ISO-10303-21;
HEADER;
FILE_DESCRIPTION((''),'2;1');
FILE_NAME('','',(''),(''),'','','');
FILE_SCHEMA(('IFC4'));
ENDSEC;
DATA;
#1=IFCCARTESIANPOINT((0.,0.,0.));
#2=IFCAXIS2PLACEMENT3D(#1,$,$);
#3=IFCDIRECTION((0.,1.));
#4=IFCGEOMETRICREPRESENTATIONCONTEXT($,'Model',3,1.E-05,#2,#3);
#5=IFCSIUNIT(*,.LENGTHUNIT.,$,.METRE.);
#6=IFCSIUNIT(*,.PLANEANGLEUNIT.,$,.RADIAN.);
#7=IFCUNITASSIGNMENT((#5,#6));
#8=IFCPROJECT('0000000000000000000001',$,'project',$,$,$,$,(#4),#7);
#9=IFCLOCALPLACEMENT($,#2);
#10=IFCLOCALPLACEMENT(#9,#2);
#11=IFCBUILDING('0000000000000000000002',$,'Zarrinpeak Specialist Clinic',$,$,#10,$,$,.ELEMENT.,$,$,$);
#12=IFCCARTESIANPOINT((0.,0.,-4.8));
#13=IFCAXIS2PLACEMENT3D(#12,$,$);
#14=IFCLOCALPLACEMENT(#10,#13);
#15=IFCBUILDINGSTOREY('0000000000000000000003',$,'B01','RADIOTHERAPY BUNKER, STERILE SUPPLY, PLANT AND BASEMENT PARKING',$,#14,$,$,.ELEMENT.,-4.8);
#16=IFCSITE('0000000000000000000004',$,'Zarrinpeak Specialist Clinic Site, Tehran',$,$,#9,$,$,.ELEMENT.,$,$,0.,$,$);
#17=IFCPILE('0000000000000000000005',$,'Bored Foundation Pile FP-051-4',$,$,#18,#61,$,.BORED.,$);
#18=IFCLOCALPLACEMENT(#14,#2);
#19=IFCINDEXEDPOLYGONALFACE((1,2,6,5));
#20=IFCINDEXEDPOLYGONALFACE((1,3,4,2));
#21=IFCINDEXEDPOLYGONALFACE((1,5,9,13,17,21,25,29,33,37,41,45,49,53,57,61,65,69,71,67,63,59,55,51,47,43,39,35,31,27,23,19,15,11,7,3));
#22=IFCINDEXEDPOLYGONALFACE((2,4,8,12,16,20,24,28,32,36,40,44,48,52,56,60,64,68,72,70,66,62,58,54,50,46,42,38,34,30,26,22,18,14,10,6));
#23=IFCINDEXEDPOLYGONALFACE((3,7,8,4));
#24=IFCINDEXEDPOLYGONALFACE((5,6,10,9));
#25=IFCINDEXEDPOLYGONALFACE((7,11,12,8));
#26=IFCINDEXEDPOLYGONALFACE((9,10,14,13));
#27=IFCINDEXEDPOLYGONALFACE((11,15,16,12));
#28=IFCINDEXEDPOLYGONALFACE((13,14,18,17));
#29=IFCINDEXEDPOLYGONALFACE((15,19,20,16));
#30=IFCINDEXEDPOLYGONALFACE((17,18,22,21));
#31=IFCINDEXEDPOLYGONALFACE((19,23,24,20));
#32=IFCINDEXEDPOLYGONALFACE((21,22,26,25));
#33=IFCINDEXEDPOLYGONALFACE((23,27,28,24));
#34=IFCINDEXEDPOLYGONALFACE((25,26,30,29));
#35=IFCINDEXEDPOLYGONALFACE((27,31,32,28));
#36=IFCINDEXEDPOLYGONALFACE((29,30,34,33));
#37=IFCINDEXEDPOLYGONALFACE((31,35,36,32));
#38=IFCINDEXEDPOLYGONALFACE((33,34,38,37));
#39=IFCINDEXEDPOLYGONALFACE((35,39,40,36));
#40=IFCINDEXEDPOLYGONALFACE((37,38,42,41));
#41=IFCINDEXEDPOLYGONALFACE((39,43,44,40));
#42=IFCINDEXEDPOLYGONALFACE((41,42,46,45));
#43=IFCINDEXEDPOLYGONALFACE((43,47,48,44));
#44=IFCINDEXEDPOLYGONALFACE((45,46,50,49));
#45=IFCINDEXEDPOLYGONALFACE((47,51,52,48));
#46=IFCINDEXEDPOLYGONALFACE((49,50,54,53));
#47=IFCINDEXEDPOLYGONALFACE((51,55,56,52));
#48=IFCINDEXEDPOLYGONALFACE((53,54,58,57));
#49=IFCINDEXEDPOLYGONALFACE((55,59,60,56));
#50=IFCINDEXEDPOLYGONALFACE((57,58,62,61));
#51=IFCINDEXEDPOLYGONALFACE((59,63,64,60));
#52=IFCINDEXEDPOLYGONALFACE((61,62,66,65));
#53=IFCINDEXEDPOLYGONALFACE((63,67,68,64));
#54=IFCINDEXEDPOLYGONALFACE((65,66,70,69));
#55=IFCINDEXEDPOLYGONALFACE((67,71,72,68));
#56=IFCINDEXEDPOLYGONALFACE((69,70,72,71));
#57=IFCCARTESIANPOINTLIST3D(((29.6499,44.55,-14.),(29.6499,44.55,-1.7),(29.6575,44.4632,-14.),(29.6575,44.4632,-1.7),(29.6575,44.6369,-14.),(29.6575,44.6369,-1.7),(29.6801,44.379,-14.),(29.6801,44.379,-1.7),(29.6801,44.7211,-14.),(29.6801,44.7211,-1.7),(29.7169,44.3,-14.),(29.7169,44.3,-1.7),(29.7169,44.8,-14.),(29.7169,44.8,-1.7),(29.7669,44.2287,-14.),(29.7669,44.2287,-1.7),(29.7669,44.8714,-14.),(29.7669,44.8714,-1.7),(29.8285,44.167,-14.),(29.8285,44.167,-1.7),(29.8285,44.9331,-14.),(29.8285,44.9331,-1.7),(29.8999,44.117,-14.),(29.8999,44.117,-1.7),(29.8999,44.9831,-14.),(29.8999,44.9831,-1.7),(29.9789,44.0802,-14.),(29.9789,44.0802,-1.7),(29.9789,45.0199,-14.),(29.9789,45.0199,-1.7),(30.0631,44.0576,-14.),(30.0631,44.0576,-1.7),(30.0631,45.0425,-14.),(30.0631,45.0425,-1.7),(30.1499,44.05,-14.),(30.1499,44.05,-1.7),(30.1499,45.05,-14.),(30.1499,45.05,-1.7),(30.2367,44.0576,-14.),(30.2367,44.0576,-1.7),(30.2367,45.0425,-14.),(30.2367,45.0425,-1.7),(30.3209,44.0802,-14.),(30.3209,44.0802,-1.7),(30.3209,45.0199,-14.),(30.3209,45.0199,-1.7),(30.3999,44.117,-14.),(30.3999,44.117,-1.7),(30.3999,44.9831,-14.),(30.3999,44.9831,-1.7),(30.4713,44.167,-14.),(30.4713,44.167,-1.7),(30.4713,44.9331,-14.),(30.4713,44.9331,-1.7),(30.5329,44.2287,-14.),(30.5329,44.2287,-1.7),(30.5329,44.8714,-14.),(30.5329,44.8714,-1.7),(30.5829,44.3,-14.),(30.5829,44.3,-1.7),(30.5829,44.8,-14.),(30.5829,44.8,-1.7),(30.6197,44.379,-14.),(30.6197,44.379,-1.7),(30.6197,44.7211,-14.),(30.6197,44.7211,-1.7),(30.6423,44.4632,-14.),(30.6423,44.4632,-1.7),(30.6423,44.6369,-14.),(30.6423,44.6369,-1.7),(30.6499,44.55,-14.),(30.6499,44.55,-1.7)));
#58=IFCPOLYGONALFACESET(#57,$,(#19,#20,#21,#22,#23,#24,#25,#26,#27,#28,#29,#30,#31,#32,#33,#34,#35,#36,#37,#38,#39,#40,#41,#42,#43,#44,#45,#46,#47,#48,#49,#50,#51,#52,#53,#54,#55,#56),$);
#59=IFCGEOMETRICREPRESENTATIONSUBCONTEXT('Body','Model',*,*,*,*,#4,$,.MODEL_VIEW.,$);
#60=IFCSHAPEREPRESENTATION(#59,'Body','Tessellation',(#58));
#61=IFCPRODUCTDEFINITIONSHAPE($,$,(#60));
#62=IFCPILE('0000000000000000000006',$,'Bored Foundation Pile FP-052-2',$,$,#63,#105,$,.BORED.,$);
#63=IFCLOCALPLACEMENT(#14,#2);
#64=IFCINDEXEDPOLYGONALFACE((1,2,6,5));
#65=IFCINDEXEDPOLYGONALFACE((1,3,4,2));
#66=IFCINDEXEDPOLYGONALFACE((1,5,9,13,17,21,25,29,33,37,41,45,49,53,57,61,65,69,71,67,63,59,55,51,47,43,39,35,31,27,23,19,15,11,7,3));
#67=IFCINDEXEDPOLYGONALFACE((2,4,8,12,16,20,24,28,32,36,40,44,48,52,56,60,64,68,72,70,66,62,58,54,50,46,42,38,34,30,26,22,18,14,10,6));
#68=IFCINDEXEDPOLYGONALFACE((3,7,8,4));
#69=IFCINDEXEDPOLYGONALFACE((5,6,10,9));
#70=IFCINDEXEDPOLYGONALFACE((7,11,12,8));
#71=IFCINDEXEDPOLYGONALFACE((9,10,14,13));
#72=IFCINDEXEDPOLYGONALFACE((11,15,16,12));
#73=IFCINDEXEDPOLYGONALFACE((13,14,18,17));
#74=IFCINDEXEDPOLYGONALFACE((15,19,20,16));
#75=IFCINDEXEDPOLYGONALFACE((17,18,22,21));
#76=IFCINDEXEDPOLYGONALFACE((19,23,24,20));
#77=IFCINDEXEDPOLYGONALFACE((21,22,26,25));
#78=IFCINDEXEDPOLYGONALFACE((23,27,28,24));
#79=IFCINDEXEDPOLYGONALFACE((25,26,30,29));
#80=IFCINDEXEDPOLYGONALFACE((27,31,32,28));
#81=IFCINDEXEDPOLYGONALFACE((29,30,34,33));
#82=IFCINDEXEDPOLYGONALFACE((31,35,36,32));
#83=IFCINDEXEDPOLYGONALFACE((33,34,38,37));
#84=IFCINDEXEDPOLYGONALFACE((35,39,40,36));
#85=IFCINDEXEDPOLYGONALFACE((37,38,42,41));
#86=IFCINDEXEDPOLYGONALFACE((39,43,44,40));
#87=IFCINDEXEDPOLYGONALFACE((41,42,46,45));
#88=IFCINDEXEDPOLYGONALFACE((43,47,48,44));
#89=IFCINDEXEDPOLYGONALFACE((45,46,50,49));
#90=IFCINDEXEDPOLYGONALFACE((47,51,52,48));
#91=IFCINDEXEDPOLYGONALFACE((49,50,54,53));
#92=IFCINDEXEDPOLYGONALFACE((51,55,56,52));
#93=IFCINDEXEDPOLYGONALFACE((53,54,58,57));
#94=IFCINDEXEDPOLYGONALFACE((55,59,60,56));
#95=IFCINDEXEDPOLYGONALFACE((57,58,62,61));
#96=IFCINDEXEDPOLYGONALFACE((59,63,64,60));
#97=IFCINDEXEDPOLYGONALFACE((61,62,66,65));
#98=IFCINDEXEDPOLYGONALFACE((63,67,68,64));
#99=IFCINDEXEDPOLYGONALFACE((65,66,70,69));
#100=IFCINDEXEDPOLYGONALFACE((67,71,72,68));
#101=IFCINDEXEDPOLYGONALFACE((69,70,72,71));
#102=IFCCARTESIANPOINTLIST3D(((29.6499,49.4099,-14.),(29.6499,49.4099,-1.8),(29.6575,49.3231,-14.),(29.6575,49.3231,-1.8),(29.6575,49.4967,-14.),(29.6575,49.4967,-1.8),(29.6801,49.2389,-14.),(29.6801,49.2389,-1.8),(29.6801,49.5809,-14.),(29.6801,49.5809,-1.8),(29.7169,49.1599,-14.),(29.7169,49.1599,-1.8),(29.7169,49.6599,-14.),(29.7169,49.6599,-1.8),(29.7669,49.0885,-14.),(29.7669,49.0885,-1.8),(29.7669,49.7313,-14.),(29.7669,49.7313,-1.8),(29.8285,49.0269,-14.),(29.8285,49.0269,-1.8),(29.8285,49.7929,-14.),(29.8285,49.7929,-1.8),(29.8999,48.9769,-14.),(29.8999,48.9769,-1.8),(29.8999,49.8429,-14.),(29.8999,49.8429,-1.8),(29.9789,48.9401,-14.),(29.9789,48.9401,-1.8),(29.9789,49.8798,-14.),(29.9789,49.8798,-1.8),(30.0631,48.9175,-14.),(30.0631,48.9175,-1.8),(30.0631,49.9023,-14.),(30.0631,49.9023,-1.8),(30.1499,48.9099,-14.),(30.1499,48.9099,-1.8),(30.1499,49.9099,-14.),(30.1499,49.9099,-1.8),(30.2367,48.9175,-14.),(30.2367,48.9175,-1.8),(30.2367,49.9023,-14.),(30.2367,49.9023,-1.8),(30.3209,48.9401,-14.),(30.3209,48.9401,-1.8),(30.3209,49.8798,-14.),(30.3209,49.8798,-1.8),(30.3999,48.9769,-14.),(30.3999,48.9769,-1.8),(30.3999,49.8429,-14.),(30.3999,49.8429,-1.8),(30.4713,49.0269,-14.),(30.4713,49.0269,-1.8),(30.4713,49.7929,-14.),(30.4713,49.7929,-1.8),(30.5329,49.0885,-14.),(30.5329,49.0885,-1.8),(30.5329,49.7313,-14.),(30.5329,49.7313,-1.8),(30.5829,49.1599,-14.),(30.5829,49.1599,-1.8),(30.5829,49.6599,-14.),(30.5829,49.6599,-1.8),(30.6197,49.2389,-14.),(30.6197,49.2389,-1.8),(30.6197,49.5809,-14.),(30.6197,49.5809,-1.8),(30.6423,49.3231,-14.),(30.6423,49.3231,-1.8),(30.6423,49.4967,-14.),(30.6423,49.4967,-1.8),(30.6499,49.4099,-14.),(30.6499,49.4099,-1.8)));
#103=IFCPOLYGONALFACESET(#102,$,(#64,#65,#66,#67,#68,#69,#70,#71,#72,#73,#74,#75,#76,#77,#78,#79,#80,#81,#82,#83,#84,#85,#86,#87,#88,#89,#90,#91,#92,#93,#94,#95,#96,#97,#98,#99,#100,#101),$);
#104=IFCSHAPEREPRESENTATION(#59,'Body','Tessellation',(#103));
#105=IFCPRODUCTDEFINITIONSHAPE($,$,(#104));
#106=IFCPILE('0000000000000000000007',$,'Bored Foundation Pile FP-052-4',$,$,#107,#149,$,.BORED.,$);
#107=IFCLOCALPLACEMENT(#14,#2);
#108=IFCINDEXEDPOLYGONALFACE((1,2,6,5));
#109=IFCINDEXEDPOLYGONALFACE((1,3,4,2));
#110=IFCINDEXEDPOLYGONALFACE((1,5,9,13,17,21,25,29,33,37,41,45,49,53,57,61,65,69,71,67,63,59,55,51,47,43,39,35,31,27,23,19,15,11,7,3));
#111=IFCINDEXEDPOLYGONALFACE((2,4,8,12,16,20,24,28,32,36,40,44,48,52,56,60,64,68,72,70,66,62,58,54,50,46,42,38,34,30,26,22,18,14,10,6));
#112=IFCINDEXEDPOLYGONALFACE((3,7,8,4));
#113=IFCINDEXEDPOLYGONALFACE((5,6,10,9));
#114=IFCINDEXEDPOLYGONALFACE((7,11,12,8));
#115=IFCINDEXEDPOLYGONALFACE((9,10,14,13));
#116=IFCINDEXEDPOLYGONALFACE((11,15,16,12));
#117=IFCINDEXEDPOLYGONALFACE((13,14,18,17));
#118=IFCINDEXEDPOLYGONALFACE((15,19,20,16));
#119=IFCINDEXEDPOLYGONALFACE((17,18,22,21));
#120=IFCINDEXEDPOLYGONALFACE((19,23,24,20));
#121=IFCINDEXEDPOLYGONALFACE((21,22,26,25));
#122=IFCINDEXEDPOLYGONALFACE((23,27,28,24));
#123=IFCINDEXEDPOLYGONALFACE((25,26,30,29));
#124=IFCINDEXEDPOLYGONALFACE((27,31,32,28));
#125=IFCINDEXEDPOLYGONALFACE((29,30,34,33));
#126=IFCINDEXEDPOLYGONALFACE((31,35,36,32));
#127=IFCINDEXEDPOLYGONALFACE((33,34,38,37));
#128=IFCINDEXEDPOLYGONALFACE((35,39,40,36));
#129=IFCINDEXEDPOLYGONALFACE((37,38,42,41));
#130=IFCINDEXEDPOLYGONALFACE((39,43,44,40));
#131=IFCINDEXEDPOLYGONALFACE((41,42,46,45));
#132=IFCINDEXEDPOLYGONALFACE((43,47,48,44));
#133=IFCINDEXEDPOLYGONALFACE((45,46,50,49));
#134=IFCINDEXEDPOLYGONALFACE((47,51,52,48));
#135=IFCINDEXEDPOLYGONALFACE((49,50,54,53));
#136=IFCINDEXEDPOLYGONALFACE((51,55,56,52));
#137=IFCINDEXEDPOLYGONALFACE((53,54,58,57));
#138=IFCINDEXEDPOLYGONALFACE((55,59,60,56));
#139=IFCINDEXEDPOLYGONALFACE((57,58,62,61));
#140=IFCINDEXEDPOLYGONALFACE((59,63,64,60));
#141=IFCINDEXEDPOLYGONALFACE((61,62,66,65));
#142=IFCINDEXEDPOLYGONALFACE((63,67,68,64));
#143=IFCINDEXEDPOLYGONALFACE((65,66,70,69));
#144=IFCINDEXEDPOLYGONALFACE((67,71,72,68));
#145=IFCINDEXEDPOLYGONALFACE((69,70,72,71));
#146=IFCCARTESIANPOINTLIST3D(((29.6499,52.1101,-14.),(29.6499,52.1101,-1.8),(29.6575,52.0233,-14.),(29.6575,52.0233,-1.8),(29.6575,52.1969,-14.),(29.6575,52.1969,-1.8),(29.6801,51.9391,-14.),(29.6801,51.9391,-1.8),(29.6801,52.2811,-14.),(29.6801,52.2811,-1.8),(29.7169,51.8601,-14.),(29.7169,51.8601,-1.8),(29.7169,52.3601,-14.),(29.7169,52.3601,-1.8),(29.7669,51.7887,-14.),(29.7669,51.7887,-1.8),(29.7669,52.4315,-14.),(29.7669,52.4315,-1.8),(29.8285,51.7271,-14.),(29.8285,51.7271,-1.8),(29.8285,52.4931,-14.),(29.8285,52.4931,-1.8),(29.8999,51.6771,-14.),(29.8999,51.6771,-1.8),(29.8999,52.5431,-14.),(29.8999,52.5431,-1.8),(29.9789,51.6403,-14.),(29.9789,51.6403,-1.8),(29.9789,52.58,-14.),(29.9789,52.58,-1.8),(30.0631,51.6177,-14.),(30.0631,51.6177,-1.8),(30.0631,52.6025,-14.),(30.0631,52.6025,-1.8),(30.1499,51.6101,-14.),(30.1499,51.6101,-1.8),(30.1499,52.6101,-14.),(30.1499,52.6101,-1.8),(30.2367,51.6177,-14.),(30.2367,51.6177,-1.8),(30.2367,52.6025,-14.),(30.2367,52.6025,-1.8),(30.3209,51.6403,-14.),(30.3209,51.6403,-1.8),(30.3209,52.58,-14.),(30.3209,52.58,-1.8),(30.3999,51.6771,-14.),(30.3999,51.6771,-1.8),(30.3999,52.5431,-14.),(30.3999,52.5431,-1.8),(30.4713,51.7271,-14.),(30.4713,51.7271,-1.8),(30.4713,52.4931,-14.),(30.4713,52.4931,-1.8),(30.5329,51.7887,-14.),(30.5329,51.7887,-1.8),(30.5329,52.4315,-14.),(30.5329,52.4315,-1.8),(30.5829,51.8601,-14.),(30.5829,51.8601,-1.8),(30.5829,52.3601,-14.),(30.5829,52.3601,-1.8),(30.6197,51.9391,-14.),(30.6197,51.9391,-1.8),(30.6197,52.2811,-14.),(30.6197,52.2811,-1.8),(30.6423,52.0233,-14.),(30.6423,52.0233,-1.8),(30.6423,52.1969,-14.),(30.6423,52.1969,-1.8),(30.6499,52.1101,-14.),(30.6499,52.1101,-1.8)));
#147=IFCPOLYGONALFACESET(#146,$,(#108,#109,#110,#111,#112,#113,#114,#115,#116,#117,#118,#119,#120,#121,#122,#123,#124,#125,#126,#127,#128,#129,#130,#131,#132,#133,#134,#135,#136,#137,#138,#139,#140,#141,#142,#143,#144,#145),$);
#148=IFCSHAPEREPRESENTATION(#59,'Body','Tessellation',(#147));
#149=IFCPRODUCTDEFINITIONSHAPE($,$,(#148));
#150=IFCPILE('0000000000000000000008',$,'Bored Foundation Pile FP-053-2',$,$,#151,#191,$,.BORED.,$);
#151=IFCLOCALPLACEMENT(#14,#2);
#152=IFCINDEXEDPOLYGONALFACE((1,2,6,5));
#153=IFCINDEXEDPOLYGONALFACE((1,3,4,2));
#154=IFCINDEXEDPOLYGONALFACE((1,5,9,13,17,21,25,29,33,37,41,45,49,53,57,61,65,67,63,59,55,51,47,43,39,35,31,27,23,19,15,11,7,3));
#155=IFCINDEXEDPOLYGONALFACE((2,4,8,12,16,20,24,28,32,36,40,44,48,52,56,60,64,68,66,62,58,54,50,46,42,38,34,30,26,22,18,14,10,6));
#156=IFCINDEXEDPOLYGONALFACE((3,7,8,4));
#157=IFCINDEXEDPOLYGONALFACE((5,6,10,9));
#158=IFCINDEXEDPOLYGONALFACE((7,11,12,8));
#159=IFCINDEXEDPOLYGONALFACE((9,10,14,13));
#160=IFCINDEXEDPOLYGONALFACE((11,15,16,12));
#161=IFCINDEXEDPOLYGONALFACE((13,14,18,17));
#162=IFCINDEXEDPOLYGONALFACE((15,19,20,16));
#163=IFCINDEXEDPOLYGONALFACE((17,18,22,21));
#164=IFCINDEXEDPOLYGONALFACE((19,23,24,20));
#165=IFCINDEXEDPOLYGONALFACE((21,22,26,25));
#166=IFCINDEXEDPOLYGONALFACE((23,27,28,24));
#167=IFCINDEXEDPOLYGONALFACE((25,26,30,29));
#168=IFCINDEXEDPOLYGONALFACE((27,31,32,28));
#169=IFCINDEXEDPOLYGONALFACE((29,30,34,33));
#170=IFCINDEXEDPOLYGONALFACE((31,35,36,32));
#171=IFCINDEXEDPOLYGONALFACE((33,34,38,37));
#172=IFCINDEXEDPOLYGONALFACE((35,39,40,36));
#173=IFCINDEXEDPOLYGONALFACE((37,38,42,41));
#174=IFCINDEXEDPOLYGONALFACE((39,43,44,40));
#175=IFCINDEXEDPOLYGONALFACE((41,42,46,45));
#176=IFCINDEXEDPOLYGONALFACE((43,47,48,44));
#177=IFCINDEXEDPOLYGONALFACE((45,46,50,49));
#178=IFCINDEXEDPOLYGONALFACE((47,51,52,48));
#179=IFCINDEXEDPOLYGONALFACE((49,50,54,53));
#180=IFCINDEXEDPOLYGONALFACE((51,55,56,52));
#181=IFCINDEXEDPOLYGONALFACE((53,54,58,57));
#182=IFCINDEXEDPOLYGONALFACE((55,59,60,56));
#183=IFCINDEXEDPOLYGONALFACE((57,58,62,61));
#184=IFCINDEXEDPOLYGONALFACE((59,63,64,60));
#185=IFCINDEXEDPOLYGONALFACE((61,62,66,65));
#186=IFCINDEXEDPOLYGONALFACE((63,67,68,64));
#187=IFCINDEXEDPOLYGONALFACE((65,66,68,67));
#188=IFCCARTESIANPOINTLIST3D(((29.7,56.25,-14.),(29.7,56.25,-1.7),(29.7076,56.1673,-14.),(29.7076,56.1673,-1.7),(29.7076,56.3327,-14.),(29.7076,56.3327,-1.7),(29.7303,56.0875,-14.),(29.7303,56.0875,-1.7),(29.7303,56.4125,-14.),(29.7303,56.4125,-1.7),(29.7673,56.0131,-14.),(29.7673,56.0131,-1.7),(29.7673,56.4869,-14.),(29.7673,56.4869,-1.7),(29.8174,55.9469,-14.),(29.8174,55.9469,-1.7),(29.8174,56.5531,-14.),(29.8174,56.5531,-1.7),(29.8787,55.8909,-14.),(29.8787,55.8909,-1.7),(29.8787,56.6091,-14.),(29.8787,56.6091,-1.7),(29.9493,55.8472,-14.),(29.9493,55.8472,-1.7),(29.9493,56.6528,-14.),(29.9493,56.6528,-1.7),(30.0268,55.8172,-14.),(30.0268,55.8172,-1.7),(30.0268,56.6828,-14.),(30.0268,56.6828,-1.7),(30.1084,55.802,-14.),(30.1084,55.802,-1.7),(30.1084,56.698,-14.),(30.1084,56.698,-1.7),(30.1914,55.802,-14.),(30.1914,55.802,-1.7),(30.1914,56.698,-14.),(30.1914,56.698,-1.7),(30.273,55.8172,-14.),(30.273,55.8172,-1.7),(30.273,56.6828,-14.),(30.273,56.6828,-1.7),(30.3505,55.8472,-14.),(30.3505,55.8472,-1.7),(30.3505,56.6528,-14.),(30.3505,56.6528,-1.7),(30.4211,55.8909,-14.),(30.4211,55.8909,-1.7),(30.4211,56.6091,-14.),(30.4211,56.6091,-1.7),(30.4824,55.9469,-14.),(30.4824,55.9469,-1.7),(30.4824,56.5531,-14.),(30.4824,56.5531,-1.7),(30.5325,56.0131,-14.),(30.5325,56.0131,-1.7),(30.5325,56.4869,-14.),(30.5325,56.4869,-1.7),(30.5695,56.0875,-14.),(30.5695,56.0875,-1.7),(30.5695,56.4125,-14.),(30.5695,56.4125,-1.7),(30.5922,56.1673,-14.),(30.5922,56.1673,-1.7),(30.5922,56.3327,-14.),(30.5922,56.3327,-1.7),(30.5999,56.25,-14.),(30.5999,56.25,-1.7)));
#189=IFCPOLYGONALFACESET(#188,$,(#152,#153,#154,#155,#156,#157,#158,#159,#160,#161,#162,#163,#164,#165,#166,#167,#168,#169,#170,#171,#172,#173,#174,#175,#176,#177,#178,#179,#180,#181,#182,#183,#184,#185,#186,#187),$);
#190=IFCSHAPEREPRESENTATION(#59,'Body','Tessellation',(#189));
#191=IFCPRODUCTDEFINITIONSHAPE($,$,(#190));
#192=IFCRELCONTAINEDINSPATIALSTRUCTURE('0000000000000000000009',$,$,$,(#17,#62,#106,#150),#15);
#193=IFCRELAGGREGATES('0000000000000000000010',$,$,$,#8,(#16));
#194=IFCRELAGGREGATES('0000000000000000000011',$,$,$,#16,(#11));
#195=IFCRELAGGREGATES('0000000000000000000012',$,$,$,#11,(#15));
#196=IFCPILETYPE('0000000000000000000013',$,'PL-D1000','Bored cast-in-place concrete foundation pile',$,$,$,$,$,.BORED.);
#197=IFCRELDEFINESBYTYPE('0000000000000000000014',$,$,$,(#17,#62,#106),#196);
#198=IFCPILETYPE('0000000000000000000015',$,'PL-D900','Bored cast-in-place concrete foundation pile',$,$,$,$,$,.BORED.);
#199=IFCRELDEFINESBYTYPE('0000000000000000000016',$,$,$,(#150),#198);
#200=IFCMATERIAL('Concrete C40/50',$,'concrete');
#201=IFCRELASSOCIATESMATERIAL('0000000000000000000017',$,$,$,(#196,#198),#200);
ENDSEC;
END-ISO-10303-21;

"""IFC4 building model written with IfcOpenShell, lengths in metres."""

from ifc_helpers import new_model, si_unit, direction, frame, origin, origin_2d, place, context, subcontext, project, spatial, circle, extrude, material, material_profile, profile_set, type_object, element, save


model = new_model("IFC4")

# Units and contexts
model_context = context("Model", 3, precision=1e-05, world=origin(), true_north=direction((0.0, 1.0)))
body_context = subcontext(model_context, "Body", "Model", "MODEL_VIEW")
ifc_project = project(units=[si_unit("LENGTHUNIT", "METRE"), si_unit("PLANEANGLEUNIT", "RADIAN")], contexts=[model_context])

# Site, building, storey
site_placement = place(None, origin())
site = spatial("IfcSite", under=ifc_project, at=site_placement, Name="Zarrinpeak Specialist Clinic Site, Tehran", CompositionType="ELEMENT", RefElevation=0.0)
building_placement = place(site_placement, origin())
building = spatial("IfcBuilding", under=site, at=building_placement, Name="Zarrinpeak Specialist Clinic", CompositionType="ELEMENT")
storey_placement = place(building_placement, frame((0.0, 0.0, -4.8)))
storey = spatial("IfcBuildingStorey", under=building, at=storey_placement, Name="B01", Description="RADIOTHERAPY BUNKER, STERILE SUPPLY, PLANT AND BASEMENT PARKING", CompositionType="ELEMENT", Elevation=-4.8)

# Shared definitions
ifc_material_1 = material(Name="Concrete C40/50", Category="concrete")

# Piles
ifc_material_profile_1 = material_profile(ifc_material_1, circle(Radius=0.5, at=origin_2d()), Name="BORED PILE D1000")
ifc_profile_set_1 = profile_set([ifc_material_profile_1], Name="Concrete C40/50")
pile_type_1 = type_object("IfcPileType", Name="PL-D1000", Description="Bored cast-in-place concrete foundation pile", PredefinedType="BORED", material=ifc_profile_set_1)
pile_placement = place(storey_placement, frame((30.1499, 44.55, -1.7), z_axis=(0.0, 0.0, -1.0), x_axis=(1.0, 0.0, 0.0)))
element("IfcPile", 1, at=pile_placement, inside=storey, type_object=pile_type_1, Name="Bored Foundation Pile FP-051-4", PredefinedType="BORED", context=body_context, shape_type="SweptSolid", body=[
    extrude(circle(Radius=0.5, at=origin_2d()), origin(), (0.0, 0.0, 1.0), 12.3),
])
for number, where, z_axis, x_axis, name in (
    (2, (30.1499, 49.4099, -1.8), (0.0, 0.0, -1.0), (1.0, 0.0, 0.0), "Bored Foundation Pile FP-052-2"),
    (3, (30.1499, 52.1101, -1.8), (0.0, 0.0, -1.0), (1.0, 0.0, 0.0), "Bored Foundation Pile FP-052-4"),
):
    element("IfcPile", number, at=place(storey_placement, frame(where, z_axis=z_axis, x_axis=x_axis)), inside=storey, type_object=pile_type_1, Name=name, PredefinedType="BORED", context=body_context, shape_type="SweptSolid", body=[
        extrude(circle(Radius=0.5, at=origin_2d()), origin(), (0.0, 0.0, 1.0), 12.2),
    ])
ifc_material_profile_2 = material_profile(ifc_material_1, circle(Radius=0.45, at=origin_2d()), Name="BORED PILE D900")
ifc_profile_set_2 = profile_set([ifc_material_profile_2], Name="Concrete C40/50")
pile_type_2 = type_object("IfcPileType", Name="PL-D900", Description="Bored cast-in-place concrete foundation pile", PredefinedType="BORED", material=ifc_profile_set_2)
for number, where, z_axis, x_axis, name in (
    (4, (30.1499, 56.25, -1.7), (0.0, 0.0, -1.0), (1.0, 0.0, 0.0), "Bored Foundation Pile FP-053-2"),
):
    element("IfcPile", number, at=place(storey_placement, frame(where, z_axis=z_axis, x_axis=x_axis)), inside=storey, type_object=pile_type_2, Name=name, PredefinedType="BORED", context=body_context, shape_type="SweptSolid", body=[
        extrude(circle(Radius=0.45, at=origin_2d()), origin(), (0.0, 0.0, 1.0), 12.3),
    ])

save(model, "model.ifc")
